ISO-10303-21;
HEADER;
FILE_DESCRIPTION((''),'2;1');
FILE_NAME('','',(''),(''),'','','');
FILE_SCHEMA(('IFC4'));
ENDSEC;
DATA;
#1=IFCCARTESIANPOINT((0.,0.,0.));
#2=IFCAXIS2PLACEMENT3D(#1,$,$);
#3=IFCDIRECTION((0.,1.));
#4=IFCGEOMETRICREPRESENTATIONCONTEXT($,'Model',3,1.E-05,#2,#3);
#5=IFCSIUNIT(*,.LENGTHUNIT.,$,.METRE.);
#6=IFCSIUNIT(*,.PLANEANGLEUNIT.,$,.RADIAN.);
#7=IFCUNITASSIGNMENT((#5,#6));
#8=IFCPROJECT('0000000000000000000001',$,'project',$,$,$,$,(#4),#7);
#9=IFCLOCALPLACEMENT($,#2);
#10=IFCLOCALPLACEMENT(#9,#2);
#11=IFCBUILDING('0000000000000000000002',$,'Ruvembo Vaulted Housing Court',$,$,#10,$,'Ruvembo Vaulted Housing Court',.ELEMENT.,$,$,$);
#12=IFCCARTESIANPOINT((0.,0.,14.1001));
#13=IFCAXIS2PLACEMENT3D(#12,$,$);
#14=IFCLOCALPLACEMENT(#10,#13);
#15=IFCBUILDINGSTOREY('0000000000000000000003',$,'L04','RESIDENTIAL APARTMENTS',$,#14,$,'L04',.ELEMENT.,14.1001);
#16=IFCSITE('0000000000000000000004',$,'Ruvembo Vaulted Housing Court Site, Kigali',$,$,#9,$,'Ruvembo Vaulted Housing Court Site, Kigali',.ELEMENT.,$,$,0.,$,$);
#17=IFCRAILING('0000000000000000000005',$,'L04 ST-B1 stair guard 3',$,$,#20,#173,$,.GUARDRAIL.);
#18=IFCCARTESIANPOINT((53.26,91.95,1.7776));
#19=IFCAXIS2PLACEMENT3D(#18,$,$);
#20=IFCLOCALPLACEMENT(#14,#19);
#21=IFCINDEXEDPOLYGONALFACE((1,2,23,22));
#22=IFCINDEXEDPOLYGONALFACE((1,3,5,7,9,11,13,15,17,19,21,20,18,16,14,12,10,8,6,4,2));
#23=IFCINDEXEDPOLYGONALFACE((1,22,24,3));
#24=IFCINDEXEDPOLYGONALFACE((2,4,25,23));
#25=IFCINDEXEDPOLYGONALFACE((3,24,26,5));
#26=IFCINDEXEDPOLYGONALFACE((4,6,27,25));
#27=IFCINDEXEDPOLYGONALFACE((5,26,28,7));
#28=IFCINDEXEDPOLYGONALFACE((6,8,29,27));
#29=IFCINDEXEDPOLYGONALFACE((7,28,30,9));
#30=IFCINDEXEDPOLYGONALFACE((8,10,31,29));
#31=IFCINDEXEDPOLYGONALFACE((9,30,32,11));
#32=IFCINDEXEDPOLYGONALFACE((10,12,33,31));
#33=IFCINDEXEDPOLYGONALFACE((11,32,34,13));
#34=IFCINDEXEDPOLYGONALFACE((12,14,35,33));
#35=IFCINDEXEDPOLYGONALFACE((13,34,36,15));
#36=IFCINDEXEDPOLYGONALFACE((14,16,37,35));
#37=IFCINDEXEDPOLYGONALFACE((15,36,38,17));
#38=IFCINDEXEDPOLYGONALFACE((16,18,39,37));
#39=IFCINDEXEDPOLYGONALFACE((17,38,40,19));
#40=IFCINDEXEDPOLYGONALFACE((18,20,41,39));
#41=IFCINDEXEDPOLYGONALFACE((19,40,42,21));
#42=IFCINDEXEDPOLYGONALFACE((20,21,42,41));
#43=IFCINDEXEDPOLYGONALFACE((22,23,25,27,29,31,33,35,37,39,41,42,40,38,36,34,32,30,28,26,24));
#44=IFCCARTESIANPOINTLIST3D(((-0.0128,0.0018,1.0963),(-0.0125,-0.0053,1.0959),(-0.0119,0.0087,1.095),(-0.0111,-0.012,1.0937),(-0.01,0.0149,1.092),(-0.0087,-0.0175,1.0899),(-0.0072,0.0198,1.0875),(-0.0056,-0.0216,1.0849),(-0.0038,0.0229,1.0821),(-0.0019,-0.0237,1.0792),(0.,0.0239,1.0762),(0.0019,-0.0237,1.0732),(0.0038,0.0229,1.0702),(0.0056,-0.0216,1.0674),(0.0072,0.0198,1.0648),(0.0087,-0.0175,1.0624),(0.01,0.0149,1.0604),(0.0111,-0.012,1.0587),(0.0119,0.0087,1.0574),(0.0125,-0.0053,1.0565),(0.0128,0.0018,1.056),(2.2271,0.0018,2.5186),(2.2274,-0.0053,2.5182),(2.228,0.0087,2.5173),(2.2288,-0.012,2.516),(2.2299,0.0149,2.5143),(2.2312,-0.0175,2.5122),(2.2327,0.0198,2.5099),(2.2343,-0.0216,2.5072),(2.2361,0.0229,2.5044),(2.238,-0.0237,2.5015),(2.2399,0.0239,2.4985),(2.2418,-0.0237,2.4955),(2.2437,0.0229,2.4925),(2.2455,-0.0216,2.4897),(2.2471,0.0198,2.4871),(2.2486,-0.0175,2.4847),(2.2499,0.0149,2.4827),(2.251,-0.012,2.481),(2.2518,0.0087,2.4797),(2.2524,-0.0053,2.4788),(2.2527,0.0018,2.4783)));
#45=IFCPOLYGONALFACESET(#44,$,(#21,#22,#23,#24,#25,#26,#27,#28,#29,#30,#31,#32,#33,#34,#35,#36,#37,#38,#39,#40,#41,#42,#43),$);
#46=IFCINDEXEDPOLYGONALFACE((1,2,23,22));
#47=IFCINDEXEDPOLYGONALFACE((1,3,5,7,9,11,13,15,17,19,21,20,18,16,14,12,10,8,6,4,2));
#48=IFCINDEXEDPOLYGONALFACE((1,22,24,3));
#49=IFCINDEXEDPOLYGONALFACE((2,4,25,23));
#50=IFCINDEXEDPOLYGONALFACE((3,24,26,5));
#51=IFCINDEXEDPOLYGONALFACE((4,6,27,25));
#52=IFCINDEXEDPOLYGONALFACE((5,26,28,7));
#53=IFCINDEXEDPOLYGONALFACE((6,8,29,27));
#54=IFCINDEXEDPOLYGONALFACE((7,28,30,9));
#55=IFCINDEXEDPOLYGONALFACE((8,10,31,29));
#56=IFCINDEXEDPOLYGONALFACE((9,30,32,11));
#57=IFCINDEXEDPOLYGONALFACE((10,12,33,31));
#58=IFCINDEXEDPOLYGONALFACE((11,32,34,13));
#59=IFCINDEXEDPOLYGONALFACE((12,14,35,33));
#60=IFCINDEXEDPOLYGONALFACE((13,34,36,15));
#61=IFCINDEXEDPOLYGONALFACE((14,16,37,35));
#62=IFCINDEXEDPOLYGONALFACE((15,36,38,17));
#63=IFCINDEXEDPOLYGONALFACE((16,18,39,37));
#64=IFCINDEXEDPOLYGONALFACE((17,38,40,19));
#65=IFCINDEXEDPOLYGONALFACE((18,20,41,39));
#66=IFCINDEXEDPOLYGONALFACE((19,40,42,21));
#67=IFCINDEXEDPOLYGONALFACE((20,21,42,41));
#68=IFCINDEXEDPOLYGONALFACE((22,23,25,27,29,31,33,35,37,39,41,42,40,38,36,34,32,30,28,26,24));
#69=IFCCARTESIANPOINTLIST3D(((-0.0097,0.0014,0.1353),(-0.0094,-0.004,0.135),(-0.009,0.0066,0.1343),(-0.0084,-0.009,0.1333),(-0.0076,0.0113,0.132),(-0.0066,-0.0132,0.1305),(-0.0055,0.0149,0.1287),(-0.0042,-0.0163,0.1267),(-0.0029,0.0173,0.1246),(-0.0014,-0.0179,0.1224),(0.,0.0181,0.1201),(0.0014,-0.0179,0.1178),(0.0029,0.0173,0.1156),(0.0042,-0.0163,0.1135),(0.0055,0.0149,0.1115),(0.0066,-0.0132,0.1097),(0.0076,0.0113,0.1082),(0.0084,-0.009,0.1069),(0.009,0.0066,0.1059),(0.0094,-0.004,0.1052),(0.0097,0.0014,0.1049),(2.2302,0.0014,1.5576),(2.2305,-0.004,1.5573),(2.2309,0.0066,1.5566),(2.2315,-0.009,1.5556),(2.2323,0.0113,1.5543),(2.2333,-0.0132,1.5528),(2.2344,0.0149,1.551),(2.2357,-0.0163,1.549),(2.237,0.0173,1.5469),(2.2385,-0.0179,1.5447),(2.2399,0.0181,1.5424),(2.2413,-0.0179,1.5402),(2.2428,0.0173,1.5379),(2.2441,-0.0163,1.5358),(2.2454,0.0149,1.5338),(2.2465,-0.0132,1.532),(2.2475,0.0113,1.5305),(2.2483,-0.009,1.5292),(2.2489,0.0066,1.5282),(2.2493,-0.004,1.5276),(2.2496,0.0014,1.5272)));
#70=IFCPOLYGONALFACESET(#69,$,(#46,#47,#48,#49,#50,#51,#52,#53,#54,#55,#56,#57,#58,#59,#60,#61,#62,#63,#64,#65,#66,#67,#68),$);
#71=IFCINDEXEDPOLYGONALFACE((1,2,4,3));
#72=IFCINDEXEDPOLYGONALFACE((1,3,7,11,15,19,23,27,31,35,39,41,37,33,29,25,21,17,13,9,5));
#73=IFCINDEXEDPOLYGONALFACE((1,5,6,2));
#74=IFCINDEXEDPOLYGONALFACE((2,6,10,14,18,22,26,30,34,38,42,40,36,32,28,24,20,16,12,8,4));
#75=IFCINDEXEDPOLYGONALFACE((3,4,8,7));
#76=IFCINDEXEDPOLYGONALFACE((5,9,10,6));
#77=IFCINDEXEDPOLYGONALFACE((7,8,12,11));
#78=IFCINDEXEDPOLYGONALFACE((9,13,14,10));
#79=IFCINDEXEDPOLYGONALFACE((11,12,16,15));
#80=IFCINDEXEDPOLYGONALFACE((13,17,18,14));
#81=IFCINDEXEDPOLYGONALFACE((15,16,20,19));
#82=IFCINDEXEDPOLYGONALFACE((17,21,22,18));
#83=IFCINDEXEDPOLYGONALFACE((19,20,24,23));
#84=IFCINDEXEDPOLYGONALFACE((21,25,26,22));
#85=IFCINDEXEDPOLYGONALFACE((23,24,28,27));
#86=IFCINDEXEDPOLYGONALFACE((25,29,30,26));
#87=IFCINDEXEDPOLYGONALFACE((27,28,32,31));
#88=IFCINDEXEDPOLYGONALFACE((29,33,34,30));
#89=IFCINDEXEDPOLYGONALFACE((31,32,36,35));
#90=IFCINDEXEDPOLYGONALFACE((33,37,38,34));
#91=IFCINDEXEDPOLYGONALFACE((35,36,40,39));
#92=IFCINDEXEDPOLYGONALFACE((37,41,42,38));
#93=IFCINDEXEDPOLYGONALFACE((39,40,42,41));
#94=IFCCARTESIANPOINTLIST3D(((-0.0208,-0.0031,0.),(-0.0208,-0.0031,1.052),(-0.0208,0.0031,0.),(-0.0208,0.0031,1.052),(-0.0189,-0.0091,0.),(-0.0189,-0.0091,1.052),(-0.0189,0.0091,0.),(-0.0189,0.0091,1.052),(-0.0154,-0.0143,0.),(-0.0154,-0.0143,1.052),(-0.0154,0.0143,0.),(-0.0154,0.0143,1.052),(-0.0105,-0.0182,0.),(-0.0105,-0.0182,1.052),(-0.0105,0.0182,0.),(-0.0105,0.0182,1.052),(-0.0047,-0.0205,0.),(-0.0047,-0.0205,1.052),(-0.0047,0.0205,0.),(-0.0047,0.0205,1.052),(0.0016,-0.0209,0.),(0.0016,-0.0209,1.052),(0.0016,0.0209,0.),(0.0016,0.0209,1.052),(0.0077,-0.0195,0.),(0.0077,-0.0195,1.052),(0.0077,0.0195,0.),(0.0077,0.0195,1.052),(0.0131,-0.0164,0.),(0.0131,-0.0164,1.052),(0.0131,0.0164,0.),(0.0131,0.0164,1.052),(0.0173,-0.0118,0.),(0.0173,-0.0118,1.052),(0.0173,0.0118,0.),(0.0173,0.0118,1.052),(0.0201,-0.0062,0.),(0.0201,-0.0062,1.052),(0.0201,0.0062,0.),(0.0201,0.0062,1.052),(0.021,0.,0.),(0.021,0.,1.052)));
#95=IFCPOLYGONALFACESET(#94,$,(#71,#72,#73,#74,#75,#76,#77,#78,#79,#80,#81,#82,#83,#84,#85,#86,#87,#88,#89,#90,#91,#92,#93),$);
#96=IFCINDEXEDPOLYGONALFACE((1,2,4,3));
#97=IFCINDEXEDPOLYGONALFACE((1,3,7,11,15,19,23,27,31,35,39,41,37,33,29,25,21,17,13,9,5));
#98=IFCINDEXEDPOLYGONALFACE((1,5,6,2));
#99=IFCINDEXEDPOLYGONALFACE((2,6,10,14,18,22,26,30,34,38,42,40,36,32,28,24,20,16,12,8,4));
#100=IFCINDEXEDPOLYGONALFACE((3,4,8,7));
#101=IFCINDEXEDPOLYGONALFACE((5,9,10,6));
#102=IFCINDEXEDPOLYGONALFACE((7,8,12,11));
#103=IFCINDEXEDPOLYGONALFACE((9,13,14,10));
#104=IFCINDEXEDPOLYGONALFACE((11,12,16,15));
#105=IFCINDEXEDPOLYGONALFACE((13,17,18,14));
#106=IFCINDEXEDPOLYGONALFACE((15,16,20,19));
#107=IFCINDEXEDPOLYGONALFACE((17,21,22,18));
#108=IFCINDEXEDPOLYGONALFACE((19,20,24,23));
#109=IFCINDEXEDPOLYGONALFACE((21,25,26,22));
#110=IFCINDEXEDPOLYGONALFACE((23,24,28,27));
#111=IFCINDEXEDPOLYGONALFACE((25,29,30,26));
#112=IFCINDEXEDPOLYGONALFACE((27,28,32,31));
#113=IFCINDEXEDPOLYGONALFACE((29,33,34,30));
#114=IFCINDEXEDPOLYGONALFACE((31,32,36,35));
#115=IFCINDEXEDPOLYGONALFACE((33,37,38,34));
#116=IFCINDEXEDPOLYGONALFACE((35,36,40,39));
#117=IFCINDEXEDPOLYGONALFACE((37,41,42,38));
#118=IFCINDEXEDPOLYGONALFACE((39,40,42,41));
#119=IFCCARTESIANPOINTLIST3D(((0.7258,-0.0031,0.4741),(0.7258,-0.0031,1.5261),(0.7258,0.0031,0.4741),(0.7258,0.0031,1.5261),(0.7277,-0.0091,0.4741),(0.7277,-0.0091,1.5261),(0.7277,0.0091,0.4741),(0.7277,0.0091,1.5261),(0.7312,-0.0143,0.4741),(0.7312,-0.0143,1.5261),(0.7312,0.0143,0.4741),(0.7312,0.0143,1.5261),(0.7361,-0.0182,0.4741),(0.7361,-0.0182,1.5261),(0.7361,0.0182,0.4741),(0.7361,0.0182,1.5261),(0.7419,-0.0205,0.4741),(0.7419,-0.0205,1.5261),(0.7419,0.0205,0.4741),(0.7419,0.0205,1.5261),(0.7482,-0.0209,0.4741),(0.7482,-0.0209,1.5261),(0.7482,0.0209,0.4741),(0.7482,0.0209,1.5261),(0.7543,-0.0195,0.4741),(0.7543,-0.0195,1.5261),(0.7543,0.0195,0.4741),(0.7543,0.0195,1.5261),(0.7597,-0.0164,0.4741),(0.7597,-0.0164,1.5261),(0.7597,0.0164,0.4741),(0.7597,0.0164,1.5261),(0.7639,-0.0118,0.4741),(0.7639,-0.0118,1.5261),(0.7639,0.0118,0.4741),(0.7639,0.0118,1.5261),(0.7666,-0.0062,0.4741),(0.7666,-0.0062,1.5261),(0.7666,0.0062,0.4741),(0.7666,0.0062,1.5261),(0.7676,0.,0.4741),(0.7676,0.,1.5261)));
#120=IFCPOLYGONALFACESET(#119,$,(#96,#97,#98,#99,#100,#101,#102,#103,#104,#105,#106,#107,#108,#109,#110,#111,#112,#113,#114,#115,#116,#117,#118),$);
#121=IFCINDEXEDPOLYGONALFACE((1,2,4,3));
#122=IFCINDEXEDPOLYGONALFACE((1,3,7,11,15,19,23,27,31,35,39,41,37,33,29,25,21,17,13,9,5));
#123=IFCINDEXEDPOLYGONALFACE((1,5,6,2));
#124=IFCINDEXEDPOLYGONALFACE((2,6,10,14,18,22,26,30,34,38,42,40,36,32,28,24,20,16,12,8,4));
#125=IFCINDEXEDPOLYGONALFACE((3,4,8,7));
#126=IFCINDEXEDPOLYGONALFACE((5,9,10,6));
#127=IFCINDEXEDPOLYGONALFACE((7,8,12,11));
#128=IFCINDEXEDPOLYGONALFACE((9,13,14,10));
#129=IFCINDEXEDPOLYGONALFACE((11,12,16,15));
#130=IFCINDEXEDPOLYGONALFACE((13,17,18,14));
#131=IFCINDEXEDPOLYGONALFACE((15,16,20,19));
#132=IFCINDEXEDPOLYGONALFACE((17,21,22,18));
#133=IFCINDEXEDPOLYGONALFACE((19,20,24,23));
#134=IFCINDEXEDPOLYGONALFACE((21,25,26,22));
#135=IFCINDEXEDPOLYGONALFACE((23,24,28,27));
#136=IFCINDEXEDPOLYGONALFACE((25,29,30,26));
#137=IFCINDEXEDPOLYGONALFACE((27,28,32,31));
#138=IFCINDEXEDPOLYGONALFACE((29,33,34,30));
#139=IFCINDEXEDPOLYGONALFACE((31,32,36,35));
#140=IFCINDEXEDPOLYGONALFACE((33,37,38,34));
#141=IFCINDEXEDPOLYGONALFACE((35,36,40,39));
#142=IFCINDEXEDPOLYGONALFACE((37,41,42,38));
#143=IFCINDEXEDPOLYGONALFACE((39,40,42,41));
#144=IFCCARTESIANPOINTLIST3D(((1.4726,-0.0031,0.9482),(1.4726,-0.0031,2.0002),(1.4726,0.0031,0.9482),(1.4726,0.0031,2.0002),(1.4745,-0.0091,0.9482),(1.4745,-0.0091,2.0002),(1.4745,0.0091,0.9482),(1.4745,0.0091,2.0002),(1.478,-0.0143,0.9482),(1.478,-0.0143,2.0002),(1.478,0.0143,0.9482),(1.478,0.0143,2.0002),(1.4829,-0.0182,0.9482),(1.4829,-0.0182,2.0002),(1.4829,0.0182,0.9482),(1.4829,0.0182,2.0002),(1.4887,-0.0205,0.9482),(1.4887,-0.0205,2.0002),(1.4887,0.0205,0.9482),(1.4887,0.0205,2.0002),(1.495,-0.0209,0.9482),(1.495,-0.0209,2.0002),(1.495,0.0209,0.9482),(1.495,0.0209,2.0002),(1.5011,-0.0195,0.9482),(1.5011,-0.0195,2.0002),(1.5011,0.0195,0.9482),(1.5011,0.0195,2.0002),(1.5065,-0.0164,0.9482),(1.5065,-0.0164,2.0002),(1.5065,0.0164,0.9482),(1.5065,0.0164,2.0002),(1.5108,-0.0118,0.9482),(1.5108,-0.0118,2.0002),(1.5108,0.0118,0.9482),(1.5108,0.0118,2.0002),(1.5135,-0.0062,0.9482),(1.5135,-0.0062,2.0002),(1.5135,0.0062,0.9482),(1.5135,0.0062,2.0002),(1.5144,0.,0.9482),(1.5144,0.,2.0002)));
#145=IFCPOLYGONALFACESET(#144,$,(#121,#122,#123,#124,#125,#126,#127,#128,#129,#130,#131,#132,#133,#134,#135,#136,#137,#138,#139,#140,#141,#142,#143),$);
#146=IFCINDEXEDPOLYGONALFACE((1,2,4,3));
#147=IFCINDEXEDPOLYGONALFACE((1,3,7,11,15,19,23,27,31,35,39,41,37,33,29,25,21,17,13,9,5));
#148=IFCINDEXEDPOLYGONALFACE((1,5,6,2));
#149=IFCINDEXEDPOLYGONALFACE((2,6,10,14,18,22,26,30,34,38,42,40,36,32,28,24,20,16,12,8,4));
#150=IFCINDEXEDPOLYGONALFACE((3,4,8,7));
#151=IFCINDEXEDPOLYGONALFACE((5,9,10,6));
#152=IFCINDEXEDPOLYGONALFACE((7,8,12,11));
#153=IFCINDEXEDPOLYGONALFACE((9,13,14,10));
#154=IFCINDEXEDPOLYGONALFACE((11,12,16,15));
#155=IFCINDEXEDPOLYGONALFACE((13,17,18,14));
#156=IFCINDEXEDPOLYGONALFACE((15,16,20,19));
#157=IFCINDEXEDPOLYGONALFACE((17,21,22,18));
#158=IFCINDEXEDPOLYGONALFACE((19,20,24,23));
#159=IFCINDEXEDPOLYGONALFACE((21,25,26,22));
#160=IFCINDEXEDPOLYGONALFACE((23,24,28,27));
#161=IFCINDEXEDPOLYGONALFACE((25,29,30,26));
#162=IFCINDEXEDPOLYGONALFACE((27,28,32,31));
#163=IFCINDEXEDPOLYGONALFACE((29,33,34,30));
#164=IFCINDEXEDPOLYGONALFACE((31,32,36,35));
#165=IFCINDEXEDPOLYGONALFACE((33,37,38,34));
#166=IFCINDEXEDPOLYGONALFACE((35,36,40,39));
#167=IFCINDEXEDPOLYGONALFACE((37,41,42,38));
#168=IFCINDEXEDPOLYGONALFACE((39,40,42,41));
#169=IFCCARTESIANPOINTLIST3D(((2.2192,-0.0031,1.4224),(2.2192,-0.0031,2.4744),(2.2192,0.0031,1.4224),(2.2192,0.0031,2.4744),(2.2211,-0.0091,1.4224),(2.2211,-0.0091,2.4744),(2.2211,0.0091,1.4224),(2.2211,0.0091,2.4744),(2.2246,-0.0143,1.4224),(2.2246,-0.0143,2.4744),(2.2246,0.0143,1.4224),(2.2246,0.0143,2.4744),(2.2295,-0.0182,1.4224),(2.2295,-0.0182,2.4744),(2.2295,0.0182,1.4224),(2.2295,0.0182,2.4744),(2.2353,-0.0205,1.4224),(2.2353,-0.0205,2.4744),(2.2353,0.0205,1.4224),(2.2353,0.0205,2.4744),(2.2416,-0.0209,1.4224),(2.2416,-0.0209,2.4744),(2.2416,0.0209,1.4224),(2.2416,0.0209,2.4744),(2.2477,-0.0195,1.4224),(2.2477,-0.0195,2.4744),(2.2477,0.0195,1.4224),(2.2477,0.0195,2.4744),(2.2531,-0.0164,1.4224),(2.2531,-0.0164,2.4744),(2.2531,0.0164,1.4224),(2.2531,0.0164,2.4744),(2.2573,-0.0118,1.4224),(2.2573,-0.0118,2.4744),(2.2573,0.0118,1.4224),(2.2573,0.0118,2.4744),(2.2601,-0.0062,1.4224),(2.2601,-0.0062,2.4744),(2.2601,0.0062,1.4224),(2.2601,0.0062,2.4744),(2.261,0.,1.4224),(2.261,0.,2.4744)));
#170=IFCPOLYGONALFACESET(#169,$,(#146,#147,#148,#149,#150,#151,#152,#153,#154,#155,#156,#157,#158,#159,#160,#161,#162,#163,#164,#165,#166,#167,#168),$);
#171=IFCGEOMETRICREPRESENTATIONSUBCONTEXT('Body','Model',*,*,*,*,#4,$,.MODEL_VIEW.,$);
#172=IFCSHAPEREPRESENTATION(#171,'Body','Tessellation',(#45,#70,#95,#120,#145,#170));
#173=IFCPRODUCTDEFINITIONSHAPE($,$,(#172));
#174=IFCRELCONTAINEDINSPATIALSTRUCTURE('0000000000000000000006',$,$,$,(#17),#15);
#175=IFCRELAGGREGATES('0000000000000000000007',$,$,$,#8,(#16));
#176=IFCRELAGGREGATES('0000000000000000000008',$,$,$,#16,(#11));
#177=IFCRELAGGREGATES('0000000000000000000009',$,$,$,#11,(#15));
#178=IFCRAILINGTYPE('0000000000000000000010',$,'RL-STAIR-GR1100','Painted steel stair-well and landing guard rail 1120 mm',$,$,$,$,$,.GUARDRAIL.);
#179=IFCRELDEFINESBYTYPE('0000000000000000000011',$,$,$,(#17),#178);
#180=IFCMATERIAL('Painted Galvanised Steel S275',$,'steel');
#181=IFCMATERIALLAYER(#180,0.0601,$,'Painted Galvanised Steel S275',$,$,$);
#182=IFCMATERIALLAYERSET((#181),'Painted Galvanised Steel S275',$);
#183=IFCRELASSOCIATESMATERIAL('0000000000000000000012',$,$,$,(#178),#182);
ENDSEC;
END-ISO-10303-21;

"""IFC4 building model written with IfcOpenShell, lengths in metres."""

from ifc_helpers import new_model, si_unit, direction, frame, origin, origin_2d, place, context, subcontext, project, spatial, circle, extrude, material, layer, layer_set, type_object, element, save


model = new_model("IFC4")

# Units and contexts
model_context = context("Model", 3, precision=1e-05, world=origin(), true_north=direction((0.0, 1.0)))
body_context = subcontext(model_context, "Body", "Model", "MODEL_VIEW")
ifc_project = project(units=[si_unit("LENGTHUNIT", "METRE"), si_unit("PLANEANGLEUNIT", "RADIAN")], contexts=[model_context])

# Site, building, storey
site_placement = place(None, origin())
site = spatial("IfcSite", under=ifc_project, at=site_placement, Name="Ruvembo Vaulted Housing Court Site, Kigali", LongName="Ruvembo Vaulted Housing Court Site, Kigali", CompositionType="ELEMENT", RefElevation=0.0)
building_placement = place(site_placement, origin())
building = spatial("IfcBuilding", under=site, at=building_placement, Name="Ruvembo Vaulted Housing Court", LongName="Ruvembo Vaulted Housing Court", CompositionType="ELEMENT")
storey_placement = place(building_placement, frame((0.0, 0.0, 14.1001)))
storey = spatial("IfcBuildingStorey", under=building, at=storey_placement, Name="L04", Description="RESIDENTIAL APARTMENTS", LongName="L04", CompositionType="ELEMENT", Elevation=14.1001)

# Railing
ifc_material_1 = material(Name="Painted Galvanised Steel S275", Category="steel")
ifc_layer_1 = layer(ifc_material_1, 0.0601, Name="Painted Galvanised Steel S275")
ifc_layer_set_1 = layer_set([ifc_layer_1], Name="Painted Galvanised Steel S275")
railing_type_1 = type_object("IfcRailingType", Name="RL-STAIR-GR1100", Description="Painted steel stair-well and landing guard rail 1120 mm", PredefinedType="GUARDRAIL", material=ifc_layer_set_1)
railing_1_placement = place(storey_placement, frame((53.26, 91.95, 1.7776)))
element("IfcRailing", 1, at=railing_1_placement, inside=storey, type_object=railing_type_1, Name="L04 ST-B1 stair guard 3", PredefinedType="GUARDRAIL", context=body_context, shape_type="SweptSolid", body=[
    extrude(circle(Radius=0.0239, at=origin_2d()), frame((0.0, 0.0, 1.0762), z_axis=(0.844188, 0.0, 0.536048), x_axis=(0.0, 1.0, 0.0)), (0.0, 0.0, 1.0), 2.6533),
    extrude(circle(Radius=0.0181, at=origin_2d()), frame((0.0, 0.0, 0.1201), z_axis=(0.844188, 0.0, 0.536048), x_axis=(0.0, 1.0, 0.0)), (0.0, 0.0, 1.0), 2.6533),
    extrude(circle(Radius=0.021, at=origin_2d()), origin(), (0.0, 0.0, 1.0), 1.052),
    extrude(circle(Radius=0.021, at=origin_2d()), frame((0.7466, 0.0, 0.4741)), (0.0, 0.0, 1.0), 1.052),
    extrude(circle(Radius=0.021, at=origin_2d()), frame((1.4934, 0.0, 0.9482)), (0.0, 0.0, 1.0), 1.052),
    extrude(circle(Radius=0.021, at=origin_2d()), frame((2.24, 0.0, 1.4224)), (0.0, 0.0, 1.0), 1.052),
])

save(model, "model.ifc")
